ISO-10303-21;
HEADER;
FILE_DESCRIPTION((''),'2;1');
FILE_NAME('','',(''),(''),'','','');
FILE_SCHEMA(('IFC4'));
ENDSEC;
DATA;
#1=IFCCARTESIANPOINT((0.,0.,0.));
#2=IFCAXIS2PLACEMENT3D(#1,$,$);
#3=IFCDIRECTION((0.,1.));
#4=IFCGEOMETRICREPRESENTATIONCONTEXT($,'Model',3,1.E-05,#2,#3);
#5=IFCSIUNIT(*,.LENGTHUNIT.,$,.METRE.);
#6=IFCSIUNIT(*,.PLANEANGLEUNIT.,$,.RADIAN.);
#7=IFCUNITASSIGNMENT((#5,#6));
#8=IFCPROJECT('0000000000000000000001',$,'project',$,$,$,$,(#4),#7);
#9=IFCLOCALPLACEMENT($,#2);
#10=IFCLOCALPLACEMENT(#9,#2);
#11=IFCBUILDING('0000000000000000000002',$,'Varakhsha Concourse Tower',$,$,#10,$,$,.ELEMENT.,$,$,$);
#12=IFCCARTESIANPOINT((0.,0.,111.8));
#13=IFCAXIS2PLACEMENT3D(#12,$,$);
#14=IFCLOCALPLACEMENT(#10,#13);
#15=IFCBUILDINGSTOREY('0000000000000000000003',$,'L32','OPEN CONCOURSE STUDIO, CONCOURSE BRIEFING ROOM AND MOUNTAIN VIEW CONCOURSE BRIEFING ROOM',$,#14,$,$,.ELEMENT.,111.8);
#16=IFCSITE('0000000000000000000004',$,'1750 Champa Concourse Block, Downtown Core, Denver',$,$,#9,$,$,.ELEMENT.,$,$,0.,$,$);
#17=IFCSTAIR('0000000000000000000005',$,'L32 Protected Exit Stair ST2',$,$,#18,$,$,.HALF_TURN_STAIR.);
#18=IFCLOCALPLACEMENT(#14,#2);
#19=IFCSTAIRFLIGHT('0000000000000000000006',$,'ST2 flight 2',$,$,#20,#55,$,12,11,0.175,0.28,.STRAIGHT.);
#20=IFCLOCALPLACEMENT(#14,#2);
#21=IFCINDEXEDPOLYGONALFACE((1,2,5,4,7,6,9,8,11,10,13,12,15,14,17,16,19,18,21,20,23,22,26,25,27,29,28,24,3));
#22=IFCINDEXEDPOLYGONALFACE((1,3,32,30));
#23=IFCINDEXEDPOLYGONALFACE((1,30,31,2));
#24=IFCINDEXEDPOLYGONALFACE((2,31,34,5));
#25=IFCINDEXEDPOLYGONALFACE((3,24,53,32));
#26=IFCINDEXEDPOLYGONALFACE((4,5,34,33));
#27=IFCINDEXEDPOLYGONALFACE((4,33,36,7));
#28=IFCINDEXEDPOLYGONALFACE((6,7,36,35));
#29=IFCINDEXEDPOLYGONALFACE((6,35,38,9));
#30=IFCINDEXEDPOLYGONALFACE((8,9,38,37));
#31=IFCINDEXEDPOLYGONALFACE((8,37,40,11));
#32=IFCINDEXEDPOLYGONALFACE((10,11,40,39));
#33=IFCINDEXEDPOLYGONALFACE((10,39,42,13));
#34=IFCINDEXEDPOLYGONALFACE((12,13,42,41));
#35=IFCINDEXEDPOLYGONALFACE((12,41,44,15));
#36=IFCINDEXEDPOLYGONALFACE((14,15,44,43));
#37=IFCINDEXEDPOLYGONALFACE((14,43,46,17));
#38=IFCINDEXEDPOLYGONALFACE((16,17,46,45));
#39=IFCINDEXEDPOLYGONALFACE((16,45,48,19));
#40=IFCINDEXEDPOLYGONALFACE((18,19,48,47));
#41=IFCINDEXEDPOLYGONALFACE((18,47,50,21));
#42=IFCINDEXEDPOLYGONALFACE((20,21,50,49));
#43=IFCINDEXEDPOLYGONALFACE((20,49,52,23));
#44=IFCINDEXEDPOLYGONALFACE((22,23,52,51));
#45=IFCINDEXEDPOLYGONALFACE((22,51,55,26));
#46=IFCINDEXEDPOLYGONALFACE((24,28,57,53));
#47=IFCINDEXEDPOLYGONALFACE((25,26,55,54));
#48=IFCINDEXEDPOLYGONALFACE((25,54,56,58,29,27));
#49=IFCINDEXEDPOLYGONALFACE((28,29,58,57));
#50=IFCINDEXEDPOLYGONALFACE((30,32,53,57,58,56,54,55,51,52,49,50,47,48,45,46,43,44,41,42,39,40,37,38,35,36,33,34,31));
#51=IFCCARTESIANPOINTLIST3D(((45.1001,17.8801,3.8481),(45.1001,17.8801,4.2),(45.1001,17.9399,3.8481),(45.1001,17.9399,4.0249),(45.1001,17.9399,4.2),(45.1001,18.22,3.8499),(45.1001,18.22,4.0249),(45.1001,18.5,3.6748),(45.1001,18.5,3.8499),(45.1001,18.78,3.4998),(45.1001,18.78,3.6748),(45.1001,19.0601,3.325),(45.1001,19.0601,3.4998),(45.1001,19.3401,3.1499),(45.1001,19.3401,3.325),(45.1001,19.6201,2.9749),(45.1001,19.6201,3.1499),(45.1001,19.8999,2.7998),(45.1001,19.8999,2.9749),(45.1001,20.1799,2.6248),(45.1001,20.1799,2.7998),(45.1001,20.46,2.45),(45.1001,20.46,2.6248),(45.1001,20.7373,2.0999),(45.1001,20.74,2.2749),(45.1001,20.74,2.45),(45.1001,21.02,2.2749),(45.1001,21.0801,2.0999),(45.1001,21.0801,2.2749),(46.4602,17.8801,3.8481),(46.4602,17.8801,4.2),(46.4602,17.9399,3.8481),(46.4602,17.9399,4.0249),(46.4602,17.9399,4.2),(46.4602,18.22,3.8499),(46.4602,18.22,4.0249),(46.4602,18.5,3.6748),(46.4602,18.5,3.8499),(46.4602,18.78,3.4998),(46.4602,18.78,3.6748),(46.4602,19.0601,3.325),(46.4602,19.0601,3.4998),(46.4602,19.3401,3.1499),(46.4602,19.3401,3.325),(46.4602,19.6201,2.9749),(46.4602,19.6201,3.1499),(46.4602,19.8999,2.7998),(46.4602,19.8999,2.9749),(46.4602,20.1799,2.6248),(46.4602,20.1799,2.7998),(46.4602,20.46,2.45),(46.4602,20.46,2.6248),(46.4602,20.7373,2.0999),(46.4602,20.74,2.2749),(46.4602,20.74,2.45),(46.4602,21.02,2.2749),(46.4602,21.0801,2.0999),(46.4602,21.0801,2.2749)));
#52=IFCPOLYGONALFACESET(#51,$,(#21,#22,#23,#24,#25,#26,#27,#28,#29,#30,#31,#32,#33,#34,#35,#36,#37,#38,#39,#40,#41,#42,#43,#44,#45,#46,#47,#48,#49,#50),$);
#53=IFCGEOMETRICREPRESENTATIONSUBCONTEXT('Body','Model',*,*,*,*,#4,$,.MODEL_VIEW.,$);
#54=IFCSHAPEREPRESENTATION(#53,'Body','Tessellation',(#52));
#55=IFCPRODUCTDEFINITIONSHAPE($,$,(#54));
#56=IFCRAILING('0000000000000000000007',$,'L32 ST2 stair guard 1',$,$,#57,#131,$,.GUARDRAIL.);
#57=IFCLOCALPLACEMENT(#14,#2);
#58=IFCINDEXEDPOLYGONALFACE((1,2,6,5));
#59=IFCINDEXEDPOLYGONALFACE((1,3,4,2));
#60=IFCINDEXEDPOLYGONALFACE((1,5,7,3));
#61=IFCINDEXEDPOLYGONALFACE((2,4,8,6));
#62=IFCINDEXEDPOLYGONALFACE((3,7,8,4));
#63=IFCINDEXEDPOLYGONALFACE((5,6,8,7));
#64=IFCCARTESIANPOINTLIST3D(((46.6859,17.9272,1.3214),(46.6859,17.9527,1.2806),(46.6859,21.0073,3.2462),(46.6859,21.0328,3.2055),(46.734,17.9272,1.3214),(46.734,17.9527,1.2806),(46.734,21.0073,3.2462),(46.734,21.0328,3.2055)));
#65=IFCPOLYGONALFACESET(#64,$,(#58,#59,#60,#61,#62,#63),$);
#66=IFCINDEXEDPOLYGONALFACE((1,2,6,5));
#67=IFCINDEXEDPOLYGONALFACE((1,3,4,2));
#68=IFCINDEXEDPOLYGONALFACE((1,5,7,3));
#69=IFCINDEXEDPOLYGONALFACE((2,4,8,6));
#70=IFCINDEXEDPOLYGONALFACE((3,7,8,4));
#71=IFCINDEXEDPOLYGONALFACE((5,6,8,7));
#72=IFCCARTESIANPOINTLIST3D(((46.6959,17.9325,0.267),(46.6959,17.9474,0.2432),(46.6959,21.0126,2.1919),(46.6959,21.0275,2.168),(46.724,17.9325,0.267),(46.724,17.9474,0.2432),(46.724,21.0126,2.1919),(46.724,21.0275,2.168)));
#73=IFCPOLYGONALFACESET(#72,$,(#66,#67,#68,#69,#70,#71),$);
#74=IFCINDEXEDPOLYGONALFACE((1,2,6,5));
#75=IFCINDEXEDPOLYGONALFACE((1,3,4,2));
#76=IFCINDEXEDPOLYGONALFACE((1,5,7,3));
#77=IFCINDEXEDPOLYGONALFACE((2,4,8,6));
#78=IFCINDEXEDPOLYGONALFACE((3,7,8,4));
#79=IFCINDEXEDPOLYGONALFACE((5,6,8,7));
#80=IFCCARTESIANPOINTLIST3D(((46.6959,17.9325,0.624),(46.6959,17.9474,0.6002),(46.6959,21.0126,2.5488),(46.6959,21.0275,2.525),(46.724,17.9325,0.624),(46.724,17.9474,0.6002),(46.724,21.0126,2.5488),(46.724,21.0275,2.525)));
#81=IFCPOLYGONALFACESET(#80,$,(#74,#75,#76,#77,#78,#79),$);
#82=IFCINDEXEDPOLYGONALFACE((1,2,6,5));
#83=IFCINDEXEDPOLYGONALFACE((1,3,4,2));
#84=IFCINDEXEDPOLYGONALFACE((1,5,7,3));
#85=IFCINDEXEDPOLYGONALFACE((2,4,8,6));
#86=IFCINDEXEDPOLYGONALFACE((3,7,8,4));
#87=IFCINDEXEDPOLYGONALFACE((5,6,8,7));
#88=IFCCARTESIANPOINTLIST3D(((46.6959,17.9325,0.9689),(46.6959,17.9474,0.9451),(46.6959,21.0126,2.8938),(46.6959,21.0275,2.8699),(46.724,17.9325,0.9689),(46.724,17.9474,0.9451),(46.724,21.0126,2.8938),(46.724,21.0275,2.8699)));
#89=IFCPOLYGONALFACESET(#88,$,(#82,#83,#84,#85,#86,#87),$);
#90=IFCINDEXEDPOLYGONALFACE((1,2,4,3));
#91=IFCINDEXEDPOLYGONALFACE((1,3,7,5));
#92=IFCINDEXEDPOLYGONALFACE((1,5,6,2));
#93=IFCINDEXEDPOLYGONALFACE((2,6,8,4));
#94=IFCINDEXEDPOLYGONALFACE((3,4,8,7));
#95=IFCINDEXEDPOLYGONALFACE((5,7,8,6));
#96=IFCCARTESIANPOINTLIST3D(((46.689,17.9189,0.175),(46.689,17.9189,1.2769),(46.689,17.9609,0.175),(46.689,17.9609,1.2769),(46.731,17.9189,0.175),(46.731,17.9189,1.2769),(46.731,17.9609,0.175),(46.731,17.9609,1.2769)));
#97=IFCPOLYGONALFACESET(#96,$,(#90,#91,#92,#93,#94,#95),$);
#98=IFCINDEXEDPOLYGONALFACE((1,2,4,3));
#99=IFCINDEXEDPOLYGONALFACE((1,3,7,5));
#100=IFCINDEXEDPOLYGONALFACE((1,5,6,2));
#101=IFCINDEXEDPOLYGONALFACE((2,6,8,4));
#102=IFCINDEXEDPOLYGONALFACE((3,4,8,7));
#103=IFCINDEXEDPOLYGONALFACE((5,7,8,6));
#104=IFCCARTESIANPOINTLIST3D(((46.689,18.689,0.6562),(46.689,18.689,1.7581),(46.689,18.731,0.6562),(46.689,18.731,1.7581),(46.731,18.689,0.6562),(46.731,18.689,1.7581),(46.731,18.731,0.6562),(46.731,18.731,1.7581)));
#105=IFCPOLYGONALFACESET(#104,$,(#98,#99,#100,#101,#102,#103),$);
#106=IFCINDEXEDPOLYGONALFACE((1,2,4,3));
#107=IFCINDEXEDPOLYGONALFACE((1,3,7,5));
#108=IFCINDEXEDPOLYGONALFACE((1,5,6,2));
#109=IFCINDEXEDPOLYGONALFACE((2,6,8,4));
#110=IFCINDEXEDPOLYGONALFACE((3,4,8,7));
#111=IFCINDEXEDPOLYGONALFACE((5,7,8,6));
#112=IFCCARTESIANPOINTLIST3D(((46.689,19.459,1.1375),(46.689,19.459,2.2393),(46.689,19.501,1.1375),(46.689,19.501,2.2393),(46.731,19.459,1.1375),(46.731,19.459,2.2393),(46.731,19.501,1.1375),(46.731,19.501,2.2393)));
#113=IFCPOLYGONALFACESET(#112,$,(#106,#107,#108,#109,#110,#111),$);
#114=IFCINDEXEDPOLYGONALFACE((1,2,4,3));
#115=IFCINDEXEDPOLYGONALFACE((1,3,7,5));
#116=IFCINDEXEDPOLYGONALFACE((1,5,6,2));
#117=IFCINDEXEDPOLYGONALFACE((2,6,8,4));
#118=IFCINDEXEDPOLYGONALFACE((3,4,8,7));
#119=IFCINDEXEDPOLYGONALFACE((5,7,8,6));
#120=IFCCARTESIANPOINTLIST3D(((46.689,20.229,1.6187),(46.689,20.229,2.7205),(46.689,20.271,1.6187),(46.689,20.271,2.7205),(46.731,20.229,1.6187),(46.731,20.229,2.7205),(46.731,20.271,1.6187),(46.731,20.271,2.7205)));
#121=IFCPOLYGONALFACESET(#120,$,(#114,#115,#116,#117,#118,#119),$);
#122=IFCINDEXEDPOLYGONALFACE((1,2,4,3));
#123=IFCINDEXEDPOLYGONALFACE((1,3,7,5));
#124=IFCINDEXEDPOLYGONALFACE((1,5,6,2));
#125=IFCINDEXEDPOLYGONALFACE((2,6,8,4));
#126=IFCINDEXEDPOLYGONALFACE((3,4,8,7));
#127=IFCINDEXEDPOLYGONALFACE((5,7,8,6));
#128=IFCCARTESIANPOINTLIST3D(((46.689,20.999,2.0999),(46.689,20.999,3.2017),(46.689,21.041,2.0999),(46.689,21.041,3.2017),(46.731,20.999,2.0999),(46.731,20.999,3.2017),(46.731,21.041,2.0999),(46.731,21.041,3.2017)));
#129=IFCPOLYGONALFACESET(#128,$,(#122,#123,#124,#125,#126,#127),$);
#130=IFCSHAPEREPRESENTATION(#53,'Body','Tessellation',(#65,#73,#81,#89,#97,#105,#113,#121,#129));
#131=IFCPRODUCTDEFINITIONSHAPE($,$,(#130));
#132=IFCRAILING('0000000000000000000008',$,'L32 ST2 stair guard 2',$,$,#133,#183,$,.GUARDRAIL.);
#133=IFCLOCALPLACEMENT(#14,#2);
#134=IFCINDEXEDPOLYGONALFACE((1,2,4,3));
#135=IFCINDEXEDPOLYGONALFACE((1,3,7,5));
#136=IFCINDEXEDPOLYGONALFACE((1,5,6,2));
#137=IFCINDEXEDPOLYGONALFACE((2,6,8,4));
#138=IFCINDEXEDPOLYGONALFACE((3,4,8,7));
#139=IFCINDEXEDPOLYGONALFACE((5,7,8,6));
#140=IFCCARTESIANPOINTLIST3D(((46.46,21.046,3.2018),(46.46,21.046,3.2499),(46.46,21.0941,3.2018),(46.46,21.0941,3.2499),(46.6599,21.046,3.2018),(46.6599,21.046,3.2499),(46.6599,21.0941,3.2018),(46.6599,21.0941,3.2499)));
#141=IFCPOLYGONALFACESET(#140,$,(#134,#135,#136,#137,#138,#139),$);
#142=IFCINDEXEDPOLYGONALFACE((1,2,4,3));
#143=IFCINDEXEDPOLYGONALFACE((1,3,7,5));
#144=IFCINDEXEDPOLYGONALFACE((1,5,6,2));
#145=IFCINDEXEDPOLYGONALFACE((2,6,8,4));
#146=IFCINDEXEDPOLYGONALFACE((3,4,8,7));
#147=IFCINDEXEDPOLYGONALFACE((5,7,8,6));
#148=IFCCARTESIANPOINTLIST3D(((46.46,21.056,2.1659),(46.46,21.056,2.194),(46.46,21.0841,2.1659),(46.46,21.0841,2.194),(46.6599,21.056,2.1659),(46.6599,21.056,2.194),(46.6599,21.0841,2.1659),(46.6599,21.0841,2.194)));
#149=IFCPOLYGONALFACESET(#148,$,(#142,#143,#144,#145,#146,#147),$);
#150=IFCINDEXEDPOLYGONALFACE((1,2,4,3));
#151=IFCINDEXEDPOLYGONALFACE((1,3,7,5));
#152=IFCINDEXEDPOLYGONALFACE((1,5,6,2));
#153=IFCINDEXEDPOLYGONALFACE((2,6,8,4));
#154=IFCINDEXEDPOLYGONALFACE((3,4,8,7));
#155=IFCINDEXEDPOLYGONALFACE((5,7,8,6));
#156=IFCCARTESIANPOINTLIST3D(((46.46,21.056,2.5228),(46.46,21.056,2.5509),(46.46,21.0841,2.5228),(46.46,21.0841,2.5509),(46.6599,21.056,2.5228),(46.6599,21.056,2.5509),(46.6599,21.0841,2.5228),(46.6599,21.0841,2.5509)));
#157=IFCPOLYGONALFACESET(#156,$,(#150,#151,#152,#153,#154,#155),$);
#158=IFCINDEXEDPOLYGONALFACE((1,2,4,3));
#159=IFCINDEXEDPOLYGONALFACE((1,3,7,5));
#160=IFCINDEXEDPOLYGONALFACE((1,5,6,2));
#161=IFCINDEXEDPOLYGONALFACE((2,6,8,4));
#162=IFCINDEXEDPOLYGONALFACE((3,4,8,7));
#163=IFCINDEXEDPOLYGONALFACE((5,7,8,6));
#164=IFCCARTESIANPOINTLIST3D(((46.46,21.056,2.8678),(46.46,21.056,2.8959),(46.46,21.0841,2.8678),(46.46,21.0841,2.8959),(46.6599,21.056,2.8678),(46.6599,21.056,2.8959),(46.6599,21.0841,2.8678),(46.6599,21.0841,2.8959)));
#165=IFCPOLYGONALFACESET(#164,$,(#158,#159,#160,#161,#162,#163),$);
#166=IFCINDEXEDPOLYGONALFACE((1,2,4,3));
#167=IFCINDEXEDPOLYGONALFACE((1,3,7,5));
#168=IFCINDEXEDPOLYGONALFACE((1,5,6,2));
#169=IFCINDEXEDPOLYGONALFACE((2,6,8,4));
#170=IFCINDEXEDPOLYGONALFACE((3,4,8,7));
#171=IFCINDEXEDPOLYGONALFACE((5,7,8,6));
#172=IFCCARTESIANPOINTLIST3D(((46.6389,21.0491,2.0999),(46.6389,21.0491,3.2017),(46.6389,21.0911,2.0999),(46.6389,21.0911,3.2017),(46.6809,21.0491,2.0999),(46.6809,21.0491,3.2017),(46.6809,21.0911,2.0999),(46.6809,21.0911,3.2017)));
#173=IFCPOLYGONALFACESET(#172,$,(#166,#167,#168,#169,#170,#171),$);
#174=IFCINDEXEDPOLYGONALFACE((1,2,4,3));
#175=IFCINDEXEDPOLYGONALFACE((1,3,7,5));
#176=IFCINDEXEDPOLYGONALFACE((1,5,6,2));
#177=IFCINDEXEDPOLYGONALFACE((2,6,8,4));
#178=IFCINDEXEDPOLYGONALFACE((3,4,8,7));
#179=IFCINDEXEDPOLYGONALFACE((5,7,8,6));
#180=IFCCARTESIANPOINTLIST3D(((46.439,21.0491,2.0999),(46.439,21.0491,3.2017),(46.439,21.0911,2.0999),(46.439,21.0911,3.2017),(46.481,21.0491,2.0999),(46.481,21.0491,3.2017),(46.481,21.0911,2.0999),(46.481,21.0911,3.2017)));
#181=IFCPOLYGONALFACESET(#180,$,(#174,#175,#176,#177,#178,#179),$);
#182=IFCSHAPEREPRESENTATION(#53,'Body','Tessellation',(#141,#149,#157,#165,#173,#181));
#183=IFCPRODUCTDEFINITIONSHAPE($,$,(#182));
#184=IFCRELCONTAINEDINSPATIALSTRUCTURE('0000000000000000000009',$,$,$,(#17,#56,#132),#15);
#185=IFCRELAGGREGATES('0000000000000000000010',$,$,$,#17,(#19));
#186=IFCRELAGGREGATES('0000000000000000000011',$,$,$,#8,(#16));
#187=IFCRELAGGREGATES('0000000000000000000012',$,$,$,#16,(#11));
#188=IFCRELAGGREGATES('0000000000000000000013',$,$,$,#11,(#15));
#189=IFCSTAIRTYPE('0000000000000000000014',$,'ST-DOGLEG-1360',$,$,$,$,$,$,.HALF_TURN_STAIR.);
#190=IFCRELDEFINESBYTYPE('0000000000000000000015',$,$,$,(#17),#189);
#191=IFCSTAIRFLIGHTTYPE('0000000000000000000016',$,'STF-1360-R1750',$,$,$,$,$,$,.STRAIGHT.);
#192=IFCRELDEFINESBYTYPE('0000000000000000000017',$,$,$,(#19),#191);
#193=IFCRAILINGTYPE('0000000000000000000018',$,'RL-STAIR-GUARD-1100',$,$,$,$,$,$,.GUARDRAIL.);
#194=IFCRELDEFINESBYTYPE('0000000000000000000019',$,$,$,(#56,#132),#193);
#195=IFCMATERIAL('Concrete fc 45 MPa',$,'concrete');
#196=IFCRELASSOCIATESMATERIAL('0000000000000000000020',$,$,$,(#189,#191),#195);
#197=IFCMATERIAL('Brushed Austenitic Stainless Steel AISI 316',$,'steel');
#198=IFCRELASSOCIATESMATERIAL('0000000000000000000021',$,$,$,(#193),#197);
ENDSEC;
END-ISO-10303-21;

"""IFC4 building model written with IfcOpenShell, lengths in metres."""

from ifc_helpers import new_model, si_unit, direction, frame, origin, origin_2d, place, context, subcontext, project, spatial, polyline, rectangle, outline, extrude, material, type_object, element, aggregate, save


model = new_model("IFC4")

# Units and contexts
model_context = context("Model", 3, precision=1e-05, world=origin(), true_north=direction((0.0, 1.0)))
body_context = subcontext(model_context, "Body", "Model", "MODEL_VIEW")
ifc_project = project(units=[si_unit("LENGTHUNIT", "METRE"), si_unit("PLANEANGLEUNIT", "RADIAN")], contexts=[model_context])

# Site, building, storey
site_placement = place(None, origin())
site = spatial("IfcSite", under=ifc_project, at=site_placement, Name="1750 Champa Concourse Block, Downtown Core, Denver", CompositionType="ELEMENT", RefElevation=0.0)
building_placement = place(site_placement, origin())
building = spatial("IfcBuilding", under=site, at=building_placement, Name="Varakhsha Concourse Tower", CompositionType="ELEMENT")
storey_placement = place(building_placement, frame((0.0, 0.0, 111.8)))
storey = spatial("IfcBuildingStorey", under=building, at=storey_placement, Name="L32", Description="OPEN CONCOURSE STUDIO, CONCOURSE BRIEFING ROOM AND MOUNTAIN VIEW CONCOURSE BRIEFING ROOM", CompositionType="ELEMENT", Elevation=111.8)

# Shared definitions
ifc_material_1 = material(Name="Concrete fc 45 MPa", Category="concrete")

# Stair, stair flight
stair_type = type_object("IfcStairType", Name="ST-DOGLEG-1360", PredefinedType="HALF_TURN_STAIR", material=ifc_material_1)
stair_placement = place(storey_placement, origin())
stair = element("IfcStair", 1, at=stair_placement, inside=storey, type_object=stair_type, Name="L32 Protected Exit Stair ST2", PredefinedType="HALF_TURN_STAIR")
stair_flight_type = type_object("IfcStairFlightType", Name="STF-1360-R1750", PredefinedType="STRAIGHT", material=ifc_material_1)
stair_flight_1_placement = place(storey_placement, frame((45.78, 21.02, 2.0999), z_axis=(0.0, 0.0, 1.0), x_axis=(0.0, -1.0, 0.0)))
stair_flight_1 = element("IfcStairFlight", 2, at=stair_flight_1_placement, type_object=stair_flight_type, Name="ST2 flight 2", NumberOfRisers=12, NumberOfTreads=11, PredefinedType="STRAIGHT", RiserHeight=0.175, TreadLength=0.28, context=body_context, shape_type="SweptSolid", body=[
    extrude(outline(polyline([(-0.0601, 0.0), (-0.0601, 0.175), (0.0, 0.175), (0.28, 0.175), (0.28, 0.3501), (0.5601, 0.3501), (0.5601, 0.5249), (0.8401, 0.5249), (0.8401, 0.7), (1.1201, 0.7), (1.1201, 0.875), (1.3999, 0.875), (1.3999, 1.05), (1.6799, 1.05), (1.6799, 1.2251), (1.96, 1.2251), (1.96, 1.3999), (2.24, 1.3999), (2.24, 1.575), (2.52, 1.575), (2.52, 1.75), (2.8, 1.75), (2.8, 1.925), (3.0801, 1.925), (3.0801, 2.1001), (3.1399, 2.1001), (3.1399, 1.7483), (3.0801, 1.7483), (0.2827, 0.0), (-0.0601, 0.0)])), frame((0.0, 0.6802, 0.0), z_axis=(0.0, -1.0, 0.0), x_axis=(1.0, 0.0, 0.0)), (0.0, 0.0, 1.0), 1.3601),
])
aggregate(stair, [stair_flight_1])

# Railings
ifc_material_2 = material(Name="Brushed Austenitic Stainless Steel AISI 316", Category="steel")
railing_type_1 = type_object("IfcRailingType", Name="RL-STAIR-GUARD-1100", PredefinedType="GUARDRAIL", material=ifc_material_2)
railing_1_placement = place(storey_placement, frame((46.71, 17.9399, 0.175)))
element("IfcRailing", 3, at=railing_1_placement, inside=storey, type_object=railing_type_1, Name="L32 ST2 stair guard 1", PredefinedType="GUARDRAIL", context=body_context, shape_type="SweptSolid", body=[
    extrude(rectangle(XDim=0.0481, YDim=0.0481, at=origin_2d()), frame((0.0, 0.0, 1.126), z_axis=(0.0, 0.848029, 0.529951), x_axis=(-1.0, 0.0, 0.0)), (0.0, 0.0, 1.0), 3.6321),
    extrude(rectangle(XDim=0.0281, YDim=0.0281, at=origin_2d()), frame((0.0, 0.0, 0.0801), z_axis=(0.0, 0.848029, 0.529951), x_axis=(-1.0, 0.0, 0.0)), (0.0, 0.0, 1.0), 3.6321),
    extrude(rectangle(XDim=0.0281, YDim=0.0281, at=origin_2d()), frame((0.0, 0.0, 0.437), z_axis=(0.0, 0.848029, 0.529951), x_axis=(-1.0, 0.0, 0.0)), (0.0, 0.0, 1.0), 3.6321),
    extrude(rectangle(XDim=0.0281, YDim=0.0281, at=origin_2d()), frame((0.0, 0.0, 0.782), z_axis=(0.0, 0.848029, 0.529951), x_axis=(-1.0, 0.0, 0.0)), (0.0, 0.0, 1.0), 3.6321),
    extrude(rectangle(XDim=0.042, YDim=0.042, at=origin_2d()), origin(), (0.0, 0.0, 1.0), 1.1018),
    extrude(rectangle(XDim=0.042, YDim=0.042, at=origin_2d()), frame((0.0, 0.77, 0.4812)), (0.0, 0.0, 1.0), 1.1018),
    extrude(rectangle(XDim=0.042, YDim=0.042, at=origin_2d()), frame((0.0, 1.54, 0.9624)), (0.0, 0.0, 1.0), 1.1018),
    extrude(rectangle(XDim=0.042, YDim=0.042, at=origin_2d()), frame((0.0, 2.3101, 1.4436)), (0.0, 0.0, 1.0), 1.1018),
    extrude(rectangle(XDim=0.042, YDim=0.042, at=origin_2d()), frame((0.0, 3.0801, 1.9248)), (0.0, 0.0, 1.0), 1.1018),
])
railing_2_placement = place(storey_placement, frame((46.6599, 21.0701, 2.0999)))
element("IfcRailing", 4, at=railing_2_placement, inside=storey, type_object=railing_type_1, Name="L32 ST2 stair guard 2", PredefinedType="GUARDRAIL", context=body_context, shape_type="SweptSolid", body=[
    extrude(rectangle(XDim=0.0481, YDim=0.0481, at=origin_2d()), frame((0.0, 0.0, 1.126), z_axis=(-1.0, 0.0, 0.0), x_axis=(0.0, -1.0, 0.0)), (0.0, 0.0, 1.0), 0.2),
    extrude(rectangle(XDim=0.0281, YDim=0.0281, at=origin_2d()), frame((0.0, 0.0, 0.0801), z_axis=(-1.0, 0.0, 0.0), x_axis=(0.0, -1.0, 0.0)), (0.0, 0.0, 1.0), 0.2),
    extrude(rectangle(XDim=0.0281, YDim=0.0281, at=origin_2d()), frame((0.0, 0.0, 0.437), z_axis=(-1.0, 0.0, 0.0), x_axis=(0.0, -1.0, 0.0)), (0.0, 0.0, 1.0), 0.2),
    extrude(rectangle(XDim=0.0281, YDim=0.0281, at=origin_2d()), frame((0.0, 0.0, 0.782), z_axis=(-1.0, 0.0, 0.0), x_axis=(0.0, -1.0, 0.0)), (0.0, 0.0, 1.0), 0.2),
    extrude(rectangle(XDim=0.042, YDim=0.042, at=origin_2d()), origin(), (0.0, 0.0, 1.0), 1.1018),
    extrude(rectangle(XDim=0.042, YDim=0.042, at=origin_2d()), frame((-0.2, 0.0, 0.0)), (0.0, 0.0, 1.0), 1.1018),
])

save(model, "model.ifc")
